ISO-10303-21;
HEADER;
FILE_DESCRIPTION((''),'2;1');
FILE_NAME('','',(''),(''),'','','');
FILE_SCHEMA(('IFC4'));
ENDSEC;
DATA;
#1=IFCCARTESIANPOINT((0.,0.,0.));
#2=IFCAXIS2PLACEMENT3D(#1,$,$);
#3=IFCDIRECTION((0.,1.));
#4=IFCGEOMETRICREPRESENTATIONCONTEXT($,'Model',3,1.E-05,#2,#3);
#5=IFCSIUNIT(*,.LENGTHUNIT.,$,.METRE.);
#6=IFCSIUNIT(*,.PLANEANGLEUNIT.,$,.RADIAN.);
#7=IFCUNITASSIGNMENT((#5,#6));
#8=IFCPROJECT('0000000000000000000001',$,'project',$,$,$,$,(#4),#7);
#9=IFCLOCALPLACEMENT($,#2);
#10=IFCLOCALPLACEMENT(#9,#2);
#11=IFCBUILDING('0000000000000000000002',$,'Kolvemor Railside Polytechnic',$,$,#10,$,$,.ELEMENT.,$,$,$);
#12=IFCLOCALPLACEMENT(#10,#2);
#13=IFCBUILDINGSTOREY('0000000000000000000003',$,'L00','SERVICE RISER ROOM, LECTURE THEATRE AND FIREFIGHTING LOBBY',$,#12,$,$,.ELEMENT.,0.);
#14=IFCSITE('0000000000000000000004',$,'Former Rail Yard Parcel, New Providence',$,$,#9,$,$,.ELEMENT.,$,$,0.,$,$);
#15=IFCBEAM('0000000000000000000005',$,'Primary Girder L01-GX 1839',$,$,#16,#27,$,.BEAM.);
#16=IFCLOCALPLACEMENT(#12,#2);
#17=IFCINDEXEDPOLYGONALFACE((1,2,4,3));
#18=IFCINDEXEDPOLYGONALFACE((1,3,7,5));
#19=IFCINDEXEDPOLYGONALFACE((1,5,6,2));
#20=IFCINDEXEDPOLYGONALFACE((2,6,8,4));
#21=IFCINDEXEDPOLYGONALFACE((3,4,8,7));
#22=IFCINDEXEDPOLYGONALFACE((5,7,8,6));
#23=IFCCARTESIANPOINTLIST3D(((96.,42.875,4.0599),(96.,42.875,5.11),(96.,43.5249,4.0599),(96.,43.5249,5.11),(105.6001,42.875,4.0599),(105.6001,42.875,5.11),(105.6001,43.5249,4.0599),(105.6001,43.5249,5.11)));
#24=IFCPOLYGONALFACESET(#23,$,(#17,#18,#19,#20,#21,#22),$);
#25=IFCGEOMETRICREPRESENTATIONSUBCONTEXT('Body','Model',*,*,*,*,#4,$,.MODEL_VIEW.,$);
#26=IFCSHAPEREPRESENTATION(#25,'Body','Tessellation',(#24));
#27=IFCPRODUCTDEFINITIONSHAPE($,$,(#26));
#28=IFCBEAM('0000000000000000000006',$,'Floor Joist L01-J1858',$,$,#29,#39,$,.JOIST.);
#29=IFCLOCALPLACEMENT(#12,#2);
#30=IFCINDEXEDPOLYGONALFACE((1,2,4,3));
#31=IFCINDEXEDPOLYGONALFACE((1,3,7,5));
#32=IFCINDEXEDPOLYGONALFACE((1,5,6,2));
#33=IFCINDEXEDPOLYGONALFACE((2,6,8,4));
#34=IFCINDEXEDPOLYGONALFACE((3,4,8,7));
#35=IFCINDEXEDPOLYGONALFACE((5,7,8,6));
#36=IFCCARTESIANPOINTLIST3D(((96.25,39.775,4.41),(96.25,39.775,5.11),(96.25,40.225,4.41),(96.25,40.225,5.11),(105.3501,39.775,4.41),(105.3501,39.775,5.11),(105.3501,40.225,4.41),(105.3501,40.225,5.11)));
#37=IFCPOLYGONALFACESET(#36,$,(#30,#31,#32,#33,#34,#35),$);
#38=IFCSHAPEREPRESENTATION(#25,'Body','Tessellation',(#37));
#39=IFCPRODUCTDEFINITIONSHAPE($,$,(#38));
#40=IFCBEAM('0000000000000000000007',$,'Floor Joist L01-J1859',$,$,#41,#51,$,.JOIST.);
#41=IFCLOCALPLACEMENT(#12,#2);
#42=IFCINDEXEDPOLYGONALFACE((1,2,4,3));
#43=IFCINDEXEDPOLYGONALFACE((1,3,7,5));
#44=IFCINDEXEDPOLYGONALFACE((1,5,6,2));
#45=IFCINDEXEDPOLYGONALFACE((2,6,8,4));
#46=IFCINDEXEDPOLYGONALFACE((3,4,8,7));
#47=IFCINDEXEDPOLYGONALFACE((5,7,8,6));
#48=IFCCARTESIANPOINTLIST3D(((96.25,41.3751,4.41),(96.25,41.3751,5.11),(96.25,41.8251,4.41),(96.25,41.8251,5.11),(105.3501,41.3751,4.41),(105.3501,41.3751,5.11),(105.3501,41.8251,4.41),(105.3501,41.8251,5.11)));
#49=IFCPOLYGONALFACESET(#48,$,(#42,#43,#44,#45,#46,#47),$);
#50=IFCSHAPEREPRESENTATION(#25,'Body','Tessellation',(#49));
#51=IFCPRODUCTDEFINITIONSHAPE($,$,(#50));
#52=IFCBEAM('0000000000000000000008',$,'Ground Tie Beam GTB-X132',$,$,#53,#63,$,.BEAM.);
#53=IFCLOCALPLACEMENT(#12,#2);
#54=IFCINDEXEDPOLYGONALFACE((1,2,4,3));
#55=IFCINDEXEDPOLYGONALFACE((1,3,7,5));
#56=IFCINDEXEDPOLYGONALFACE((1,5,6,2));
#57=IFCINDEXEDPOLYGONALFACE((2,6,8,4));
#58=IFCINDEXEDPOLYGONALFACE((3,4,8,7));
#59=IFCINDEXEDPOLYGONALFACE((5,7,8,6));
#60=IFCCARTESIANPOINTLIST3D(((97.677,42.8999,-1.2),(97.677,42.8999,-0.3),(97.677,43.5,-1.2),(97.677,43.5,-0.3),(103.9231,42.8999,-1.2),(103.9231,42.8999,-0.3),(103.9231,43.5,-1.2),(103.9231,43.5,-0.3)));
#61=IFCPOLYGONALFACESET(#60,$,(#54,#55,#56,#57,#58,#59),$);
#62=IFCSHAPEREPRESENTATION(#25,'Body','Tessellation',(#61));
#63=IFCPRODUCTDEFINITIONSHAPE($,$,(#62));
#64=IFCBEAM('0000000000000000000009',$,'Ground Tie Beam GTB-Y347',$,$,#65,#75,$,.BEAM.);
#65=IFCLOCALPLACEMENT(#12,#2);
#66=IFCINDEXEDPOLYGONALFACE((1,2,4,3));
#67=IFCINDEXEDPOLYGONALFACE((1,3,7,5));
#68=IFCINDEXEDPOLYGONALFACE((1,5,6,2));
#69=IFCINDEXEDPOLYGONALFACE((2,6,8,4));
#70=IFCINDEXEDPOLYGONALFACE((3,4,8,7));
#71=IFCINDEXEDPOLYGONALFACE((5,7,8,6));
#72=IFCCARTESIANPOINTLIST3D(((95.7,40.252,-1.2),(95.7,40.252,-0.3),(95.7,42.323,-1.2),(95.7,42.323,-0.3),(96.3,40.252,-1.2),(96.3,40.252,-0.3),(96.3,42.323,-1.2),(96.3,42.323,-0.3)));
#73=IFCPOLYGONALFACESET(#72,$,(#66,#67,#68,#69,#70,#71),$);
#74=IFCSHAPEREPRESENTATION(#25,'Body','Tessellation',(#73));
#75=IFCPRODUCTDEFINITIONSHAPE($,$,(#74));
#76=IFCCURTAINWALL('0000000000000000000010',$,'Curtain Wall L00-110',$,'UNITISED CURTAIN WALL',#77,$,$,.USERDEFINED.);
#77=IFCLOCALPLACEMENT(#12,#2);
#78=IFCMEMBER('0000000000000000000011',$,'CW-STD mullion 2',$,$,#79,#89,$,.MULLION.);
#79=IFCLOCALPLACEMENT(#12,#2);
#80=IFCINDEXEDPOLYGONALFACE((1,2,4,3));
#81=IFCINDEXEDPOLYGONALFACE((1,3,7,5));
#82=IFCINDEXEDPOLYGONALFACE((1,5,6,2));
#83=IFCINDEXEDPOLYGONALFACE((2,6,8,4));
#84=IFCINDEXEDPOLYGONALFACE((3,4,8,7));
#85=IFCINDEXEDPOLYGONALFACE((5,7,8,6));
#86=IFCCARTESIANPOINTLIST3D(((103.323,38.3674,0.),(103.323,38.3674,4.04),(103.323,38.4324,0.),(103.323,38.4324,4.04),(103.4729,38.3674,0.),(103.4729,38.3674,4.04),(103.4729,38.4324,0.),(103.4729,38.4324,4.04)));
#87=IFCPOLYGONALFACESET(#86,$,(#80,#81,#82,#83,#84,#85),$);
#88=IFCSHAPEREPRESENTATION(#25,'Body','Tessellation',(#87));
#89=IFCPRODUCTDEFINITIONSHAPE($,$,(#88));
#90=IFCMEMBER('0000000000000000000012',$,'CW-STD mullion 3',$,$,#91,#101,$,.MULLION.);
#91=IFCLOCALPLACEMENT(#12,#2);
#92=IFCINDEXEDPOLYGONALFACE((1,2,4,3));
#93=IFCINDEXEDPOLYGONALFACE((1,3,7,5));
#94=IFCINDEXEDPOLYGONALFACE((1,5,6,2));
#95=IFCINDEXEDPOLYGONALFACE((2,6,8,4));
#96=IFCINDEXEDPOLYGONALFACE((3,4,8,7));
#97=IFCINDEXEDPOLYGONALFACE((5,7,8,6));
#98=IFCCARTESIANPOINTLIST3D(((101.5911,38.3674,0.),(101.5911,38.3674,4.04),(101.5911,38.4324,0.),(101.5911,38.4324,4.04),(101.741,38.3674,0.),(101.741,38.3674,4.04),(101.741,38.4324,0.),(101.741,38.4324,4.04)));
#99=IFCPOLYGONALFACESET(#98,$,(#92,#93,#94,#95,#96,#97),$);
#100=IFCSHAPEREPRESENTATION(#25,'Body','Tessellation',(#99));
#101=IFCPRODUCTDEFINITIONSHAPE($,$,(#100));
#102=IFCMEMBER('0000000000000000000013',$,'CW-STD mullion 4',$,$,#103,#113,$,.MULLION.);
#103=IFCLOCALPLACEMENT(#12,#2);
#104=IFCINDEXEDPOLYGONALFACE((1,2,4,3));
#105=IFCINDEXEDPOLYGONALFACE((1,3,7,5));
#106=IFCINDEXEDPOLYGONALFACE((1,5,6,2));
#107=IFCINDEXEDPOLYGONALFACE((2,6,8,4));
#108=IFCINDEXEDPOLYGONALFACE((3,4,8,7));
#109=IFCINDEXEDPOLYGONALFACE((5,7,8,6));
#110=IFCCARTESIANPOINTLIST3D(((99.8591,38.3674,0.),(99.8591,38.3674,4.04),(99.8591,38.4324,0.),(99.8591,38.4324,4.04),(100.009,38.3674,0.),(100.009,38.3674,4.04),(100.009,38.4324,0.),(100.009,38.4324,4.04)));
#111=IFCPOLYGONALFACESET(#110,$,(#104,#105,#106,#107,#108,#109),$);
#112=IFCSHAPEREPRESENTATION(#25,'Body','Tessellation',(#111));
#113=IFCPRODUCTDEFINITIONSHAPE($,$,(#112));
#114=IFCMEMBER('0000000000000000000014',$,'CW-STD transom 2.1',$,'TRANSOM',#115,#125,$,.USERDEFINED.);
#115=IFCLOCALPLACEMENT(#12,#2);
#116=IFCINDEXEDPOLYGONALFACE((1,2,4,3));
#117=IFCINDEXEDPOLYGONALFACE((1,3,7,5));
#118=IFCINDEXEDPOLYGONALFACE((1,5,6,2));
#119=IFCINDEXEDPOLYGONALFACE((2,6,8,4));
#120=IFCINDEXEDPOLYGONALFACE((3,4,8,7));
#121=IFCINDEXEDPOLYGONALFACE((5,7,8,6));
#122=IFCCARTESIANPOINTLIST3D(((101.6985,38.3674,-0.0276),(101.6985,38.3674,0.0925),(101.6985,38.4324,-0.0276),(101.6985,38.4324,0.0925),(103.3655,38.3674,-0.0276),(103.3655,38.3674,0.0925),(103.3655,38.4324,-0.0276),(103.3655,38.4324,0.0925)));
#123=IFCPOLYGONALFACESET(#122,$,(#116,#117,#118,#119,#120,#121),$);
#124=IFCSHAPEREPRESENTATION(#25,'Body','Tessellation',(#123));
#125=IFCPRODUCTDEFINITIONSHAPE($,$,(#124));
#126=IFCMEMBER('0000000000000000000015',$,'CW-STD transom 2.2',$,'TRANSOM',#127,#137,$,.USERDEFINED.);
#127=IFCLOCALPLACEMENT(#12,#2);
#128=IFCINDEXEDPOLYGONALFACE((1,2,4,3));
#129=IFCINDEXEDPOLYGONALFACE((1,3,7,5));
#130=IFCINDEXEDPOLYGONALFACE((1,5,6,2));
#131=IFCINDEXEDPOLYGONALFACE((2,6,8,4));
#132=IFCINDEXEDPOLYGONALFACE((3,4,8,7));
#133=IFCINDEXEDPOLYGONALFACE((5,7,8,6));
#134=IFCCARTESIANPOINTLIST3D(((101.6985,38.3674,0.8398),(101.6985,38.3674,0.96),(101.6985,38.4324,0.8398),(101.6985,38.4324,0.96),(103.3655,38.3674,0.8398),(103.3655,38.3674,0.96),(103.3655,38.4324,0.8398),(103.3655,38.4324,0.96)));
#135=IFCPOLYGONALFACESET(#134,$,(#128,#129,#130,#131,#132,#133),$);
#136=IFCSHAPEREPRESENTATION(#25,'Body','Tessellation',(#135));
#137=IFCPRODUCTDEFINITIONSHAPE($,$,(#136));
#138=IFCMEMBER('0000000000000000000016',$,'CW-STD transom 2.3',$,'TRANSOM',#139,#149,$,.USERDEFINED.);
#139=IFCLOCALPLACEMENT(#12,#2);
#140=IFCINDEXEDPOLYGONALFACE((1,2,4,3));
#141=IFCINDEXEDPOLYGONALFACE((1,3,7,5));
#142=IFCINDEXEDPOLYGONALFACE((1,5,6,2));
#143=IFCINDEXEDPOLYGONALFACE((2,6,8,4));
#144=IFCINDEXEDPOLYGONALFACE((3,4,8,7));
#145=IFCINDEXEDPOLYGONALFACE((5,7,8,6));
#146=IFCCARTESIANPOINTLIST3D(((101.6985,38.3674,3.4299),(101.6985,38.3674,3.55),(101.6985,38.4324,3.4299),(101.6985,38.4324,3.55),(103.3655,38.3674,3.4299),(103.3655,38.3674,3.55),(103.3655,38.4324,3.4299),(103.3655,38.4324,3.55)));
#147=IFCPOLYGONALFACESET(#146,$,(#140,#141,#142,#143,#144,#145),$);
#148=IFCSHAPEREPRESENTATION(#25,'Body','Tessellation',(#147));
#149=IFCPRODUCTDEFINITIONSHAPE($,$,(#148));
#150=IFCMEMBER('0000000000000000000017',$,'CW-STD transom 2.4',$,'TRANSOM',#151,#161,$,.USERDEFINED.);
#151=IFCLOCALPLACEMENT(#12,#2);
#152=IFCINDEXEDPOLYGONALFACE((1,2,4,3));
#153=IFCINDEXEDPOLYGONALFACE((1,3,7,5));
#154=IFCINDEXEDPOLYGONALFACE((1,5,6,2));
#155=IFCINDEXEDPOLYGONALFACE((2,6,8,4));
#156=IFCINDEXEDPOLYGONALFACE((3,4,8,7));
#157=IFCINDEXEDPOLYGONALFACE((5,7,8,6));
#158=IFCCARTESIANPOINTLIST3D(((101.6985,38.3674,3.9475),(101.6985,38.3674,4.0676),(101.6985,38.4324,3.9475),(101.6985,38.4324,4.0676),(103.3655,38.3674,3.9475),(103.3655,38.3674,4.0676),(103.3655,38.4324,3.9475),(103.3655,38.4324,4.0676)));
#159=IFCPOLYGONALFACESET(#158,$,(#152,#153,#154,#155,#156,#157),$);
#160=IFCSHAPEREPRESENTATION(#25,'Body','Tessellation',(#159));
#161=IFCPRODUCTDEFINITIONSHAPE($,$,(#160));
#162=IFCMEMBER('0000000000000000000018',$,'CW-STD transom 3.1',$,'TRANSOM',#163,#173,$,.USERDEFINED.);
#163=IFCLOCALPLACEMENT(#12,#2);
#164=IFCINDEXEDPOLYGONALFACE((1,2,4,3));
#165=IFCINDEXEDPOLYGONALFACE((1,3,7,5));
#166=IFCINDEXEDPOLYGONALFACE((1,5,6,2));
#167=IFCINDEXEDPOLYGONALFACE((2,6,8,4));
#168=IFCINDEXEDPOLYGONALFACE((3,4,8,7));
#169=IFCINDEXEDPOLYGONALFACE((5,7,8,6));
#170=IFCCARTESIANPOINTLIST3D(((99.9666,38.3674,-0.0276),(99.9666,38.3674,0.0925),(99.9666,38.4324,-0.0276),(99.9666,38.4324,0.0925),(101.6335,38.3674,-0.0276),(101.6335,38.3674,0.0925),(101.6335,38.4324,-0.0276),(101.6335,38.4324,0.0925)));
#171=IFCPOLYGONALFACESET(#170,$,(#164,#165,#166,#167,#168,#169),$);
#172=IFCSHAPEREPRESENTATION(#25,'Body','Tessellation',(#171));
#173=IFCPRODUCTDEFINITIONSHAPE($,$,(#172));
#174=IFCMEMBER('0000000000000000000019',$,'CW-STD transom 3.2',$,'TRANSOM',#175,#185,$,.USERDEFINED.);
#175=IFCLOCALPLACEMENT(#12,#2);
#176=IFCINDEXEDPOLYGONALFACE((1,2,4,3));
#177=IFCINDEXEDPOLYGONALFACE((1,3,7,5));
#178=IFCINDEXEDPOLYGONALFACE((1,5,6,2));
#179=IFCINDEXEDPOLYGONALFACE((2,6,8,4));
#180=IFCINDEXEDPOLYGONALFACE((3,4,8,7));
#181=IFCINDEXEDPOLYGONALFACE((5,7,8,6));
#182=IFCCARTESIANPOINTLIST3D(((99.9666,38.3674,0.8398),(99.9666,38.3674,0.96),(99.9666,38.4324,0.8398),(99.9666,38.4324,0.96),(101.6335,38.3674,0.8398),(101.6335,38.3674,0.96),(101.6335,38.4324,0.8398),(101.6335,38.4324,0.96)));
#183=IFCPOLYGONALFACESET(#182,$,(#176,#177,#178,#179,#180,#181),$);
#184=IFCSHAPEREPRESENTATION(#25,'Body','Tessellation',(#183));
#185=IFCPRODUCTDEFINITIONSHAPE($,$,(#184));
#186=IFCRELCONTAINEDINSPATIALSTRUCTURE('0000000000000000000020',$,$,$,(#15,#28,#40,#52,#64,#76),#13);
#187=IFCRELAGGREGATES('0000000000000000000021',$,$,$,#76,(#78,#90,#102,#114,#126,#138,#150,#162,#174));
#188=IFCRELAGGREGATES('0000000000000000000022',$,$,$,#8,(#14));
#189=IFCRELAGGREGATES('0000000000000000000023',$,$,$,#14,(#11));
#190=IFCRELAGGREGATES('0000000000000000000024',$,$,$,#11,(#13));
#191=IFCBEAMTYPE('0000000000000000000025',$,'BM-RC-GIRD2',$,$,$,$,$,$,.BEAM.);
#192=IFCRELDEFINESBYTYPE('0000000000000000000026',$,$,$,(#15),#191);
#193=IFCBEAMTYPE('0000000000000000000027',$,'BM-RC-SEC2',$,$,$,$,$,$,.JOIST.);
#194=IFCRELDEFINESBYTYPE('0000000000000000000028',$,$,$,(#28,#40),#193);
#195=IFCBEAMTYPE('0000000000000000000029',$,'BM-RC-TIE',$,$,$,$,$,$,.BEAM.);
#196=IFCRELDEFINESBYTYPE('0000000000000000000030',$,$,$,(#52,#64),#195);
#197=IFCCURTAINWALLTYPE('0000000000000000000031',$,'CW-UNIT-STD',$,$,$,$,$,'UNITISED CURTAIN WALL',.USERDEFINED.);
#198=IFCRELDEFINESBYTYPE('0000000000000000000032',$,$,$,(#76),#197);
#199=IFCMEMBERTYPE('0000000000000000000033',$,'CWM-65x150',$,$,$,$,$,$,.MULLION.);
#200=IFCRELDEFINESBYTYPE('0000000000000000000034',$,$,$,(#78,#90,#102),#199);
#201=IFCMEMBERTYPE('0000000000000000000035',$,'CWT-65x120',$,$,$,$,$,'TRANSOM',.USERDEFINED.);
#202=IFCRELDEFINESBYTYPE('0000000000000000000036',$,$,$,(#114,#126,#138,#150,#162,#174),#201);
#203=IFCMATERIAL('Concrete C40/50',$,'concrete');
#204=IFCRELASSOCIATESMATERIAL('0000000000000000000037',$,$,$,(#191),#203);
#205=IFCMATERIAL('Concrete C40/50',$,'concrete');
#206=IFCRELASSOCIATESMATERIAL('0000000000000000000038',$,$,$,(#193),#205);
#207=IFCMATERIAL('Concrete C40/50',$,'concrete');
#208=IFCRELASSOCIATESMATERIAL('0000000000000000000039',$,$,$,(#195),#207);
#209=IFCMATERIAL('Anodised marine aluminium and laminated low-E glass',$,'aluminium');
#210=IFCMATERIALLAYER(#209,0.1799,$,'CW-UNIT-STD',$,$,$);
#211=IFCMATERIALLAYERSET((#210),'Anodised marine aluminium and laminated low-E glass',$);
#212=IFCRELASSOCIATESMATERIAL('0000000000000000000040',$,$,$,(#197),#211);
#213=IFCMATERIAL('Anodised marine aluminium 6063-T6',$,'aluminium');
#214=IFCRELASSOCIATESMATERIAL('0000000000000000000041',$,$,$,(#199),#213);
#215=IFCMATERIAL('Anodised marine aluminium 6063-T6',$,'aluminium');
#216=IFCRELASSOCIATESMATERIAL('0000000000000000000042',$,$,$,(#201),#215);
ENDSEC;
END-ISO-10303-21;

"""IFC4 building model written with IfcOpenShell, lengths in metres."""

from ifc_helpers import new_model, si_unit, direction, frame, origin, origin_2d, place, context, subcontext, project, spatial, rectangle, extrude, material, layer, layer_set, material_profile, profile_set, type_object, element, aggregate, save


model = new_model("IFC4")

# Units and contexts
model_context = context("Model", 3, precision=1e-05, world=origin(), true_north=direction((0.0, 1.0)))
body_context = subcontext(model_context, "Body", "Model", "MODEL_VIEW")
ifc_project = project(units=[si_unit("LENGTHUNIT", "METRE"), si_unit("PLANEANGLEUNIT", "RADIAN")], contexts=[model_context])

# Site, building, storey
site_placement = place(None, origin())
site = spatial("IfcSite", under=ifc_project, at=site_placement, Name="Former Rail Yard Parcel, New Providence", CompositionType="ELEMENT", RefElevation=0.0)
building_placement = place(site_placement, origin())
building = spatial("IfcBuilding", under=site, at=building_placement, Name="Kolvemor Railside Polytechnic", CompositionType="ELEMENT")
storey_placement = place(building_placement, origin())
storey = spatial("IfcBuildingStorey", under=building, at=storey_placement, Name="L00", Description="SERVICE RISER ROOM, LECTURE THEATRE AND FIREFIGHTING LOBBY", CompositionType="ELEMENT", Elevation=0.0)

# Beams
ifc_material_1 = material(Name="Concrete C40/50", Category="concrete")
ifc_material_profile_1 = material_profile(ifc_material_1, rectangle(XDim=0.6499, YDim=1.05, at=origin_2d()), Name="RC650x1050")
ifc_profile_set_1 = profile_set([ifc_material_profile_1], Name="Concrete C40/50")
beam_type_1 = type_object("IfcBeamType", Name="BM-RC-GIRD2", PredefinedType="BEAM", material=ifc_profile_set_1)
beam_1_placement = place(storey_placement, frame((96.0, 43.2, 4.585), z_axis=(1.0, 0.0, 0.0), x_axis=(0.0, 1.0, 0.0)))
element("IfcBeam", 1, at=beam_1_placement, inside=storey, type_object=beam_type_1, Name="Primary Girder L01-GX 1839", PredefinedType="BEAM", context=body_context, shape_type="SweptSolid", body=[
    extrude(rectangle(XDim=0.6499, YDim=1.05, at=origin_2d()), origin(), (0.0, 0.0, 1.0), 9.6001),
])
ifc_material_2 = material(Name="Concrete C40/50", Category="concrete")
ifc_material_profile_2 = material_profile(ifc_material_2, rectangle(XDim=0.45, YDim=0.7, at=origin_2d()), Name="RC450x700")
ifc_profile_set_2 = profile_set([ifc_material_profile_2], Name="Concrete C40/50")
beam_type_2 = type_object("IfcBeamType", Name="BM-RC-SEC2", PredefinedType="JOIST", material=ifc_profile_set_2)
for number, where, z_axis, x_axis, name in (
    (2, (96.25, 40.0, 4.76), (1.0, 0.0, 0.0), (0.0, 1.0, 0.0), "Floor Joist L01-J1858"),
    (3, (96.25, 41.6001, 4.76), (1.0, 0.0, 0.0), (0.0, 1.0, 0.0), "Floor Joist L01-J1859"),
):
    element("IfcBeam", number, at=place(storey_placement, frame(where, z_axis=z_axis, x_axis=x_axis)), inside=storey, type_object=beam_type_2, Name=name, PredefinedType="JOIST", context=body_context, shape_type="SweptSolid", body=[
        extrude(rectangle(XDim=0.45, YDim=0.7, at=origin_2d()), origin(), (0.0, 0.0, 1.0), 9.1001),
    ])
ifc_material_3 = material(Name="Concrete C40/50", Category="concrete")
ifc_material_profile_3 = material_profile(ifc_material_3, rectangle(XDim=0.6001, YDim=0.8999, at=origin_2d()), Name="RC600x900")
ifc_profile_set_3 = profile_set([ifc_material_profile_3], Name="Concrete C40/50")
beam_type_3 = type_object("IfcBeamType", Name="BM-RC-TIE", PredefinedType="BEAM", material=ifc_profile_set_3)
beam_2_placement = place(storey_placement, frame((97.677, 43.2, -0.75), z_axis=(1.0, 0.0, 0.0), x_axis=(0.0, 1.0, 0.0)))
element("IfcBeam", 4, at=beam_2_placement, inside=storey, type_object=beam_type_3, Name="Ground Tie Beam GTB-X132", PredefinedType="BEAM", context=body_context, shape_type="SweptSolid", body=[
    extrude(rectangle(XDim=0.6001, YDim=0.8999, at=origin_2d()), origin(), (0.0, 0.0, 1.0), 6.2461),
])
beam_3_placement = place(storey_placement, frame((96.0, 40.252, -0.75), z_axis=(0.0, 1.0, 0.0), x_axis=(-1.0, 0.0, 0.0)))
element("IfcBeam", 5, at=beam_3_placement, inside=storey, type_object=beam_type_3, Name="Ground Tie Beam GTB-Y347", PredefinedType="BEAM", context=body_context, shape_type="SweptSolid", body=[
    extrude(rectangle(XDim=0.6001, YDim=0.8999, at=origin_2d()), origin(), (0.0, 0.0, 1.0), 2.071),
])

# Curtain wall, members
ifc_material_4 = material(Name="Anodised marine aluminium and laminated low-E glass", Category="aluminium")
ifc_layer_1 = layer(ifc_material_4, 0.1799, Name="CW-UNIT-STD")
ifc_layer_set_1 = layer_set([ifc_layer_1], Name="Anodised marine aluminium and laminated low-E glass")
curtain_wall_type = type_object("IfcCurtainWallType", Name="CW-UNIT-STD", ElementType="UNITISED CURTAIN WALL", PredefinedType="USERDEFINED", material=ifc_layer_set_1)
curtain_wall_placement = place(storey_placement, origin())
curtain_wall = element("IfcCurtainWall", 6, at=curtain_wall_placement, inside=storey, type_object=curtain_wall_type, Name="Curtain Wall L00-110", ObjectType="UNITISED CURTAIN WALL", PredefinedType="USERDEFINED")
ifc_material_5 = material(Name="Anodised marine aluminium 6063-T6", Category="aluminium")
ifc_material_profile_4 = material_profile(ifc_material_5, rectangle(XDim=0.0649, YDim=0.1499, at=origin_2d()), Name="CW-MUL-65x150")
ifc_profile_set_4 = profile_set([ifc_material_profile_4], Name="Anodised marine aluminium 6063-T6")
member_type_1 = type_object("IfcMemberType", Name="CWM-65x150", PredefinedType="MULLION", material=ifc_profile_set_4)
member_1_placement = place(storey_placement, frame((103.3979, 38.3999, 0.0), z_axis=(0.0, 0.0, 1.0), x_axis=(0.0, -1.0, 0.0)))
member_1 = element("IfcMember", 7, at=member_1_placement, type_object=member_type_1, Name="CW-STD mullion 2", PredefinedType="MULLION", context=body_context, shape_type="SweptSolid", body=[
    extrude(rectangle(XDim=0.0649, YDim=0.1499, at=origin_2d()), origin(), (0.0, 0.0, 1.0), 4.04),
])
member_2_placement = place(storey_placement, frame((101.666, 38.3999, 0.0), z_axis=(0.0, 0.0, 1.0), x_axis=(0.0, -1.0, 0.0)))
member_2 = element("IfcMember", 8, at=member_2_placement, type_object=member_type_1, Name="CW-STD mullion 3", PredefinedType="MULLION", context=body_context, shape_type="SweptSolid", body=[
    extrude(rectangle(XDim=0.0649, YDim=0.1499, at=origin_2d()), origin(), (0.0, 0.0, 1.0), 4.04),
])
member_3_placement = place(storey_placement, frame((99.9341, 38.3999, 0.0), z_axis=(0.0, 0.0, 1.0), x_axis=(0.0, -1.0, 0.0)))
member_3 = element("IfcMember", 9, at=member_3_placement, type_object=member_type_1, Name="CW-STD mullion 4", PredefinedType="MULLION", context=body_context, shape_type="SweptSolid", body=[
    extrude(rectangle(XDim=0.0649, YDim=0.1499, at=origin_2d()), origin(), (0.0, 0.0, 1.0), 4.04),
])
ifc_material_6 = material(Name="Anodised marine aluminium 6063-T6", Category="aluminium")
ifc_material_profile_5 = material_profile(ifc_material_6, rectangle(XDim=0.0649, YDim=0.1201, at=origin_2d()), Name="CW-TRN-65x120")
ifc_profile_set_5 = profile_set([ifc_material_profile_5], Name="Anodised marine aluminium 6063-T6")
member_type_2 = type_object("IfcMemberType", Name="CWT-65x120", ElementType="TRANSOM", PredefinedType="USERDEFINED", material=ifc_profile_set_5)
member_4_placement = place(storey_placement, frame((103.3655, 38.3999, 0.0325), z_axis=(-1.0, 0.0, 0.0), x_axis=(0.0, -1.0, 0.0)))
member_4 = element("IfcMember", 10, at=member_4_placement, type_object=member_type_2, Name="CW-STD transom 2.1", ObjectType="TRANSOM", PredefinedType="USERDEFINED", context=body_context, shape_type="SweptSolid", body=[
    extrude(rectangle(XDim=0.0649, YDim=0.1201, at=origin_2d()), origin(), (0.0, 0.0, 1.0), 1.667),
])
member_5_placement = place(storey_placement, frame((103.3655, 38.3999, 0.8999), z_axis=(-1.0, 0.0, 0.0), x_axis=(0.0, -1.0, 0.0)))
member_5 = element("IfcMember", 11, at=member_5_placement, type_object=member_type_2, Name="CW-STD transom 2.2", ObjectType="TRANSOM", PredefinedType="USERDEFINED", context=body_context, shape_type="SweptSolid", body=[
    extrude(rectangle(XDim=0.0649, YDim=0.1201, at=origin_2d()), origin(), (0.0, 0.0, 1.0), 1.667),
])
member_6_placement = place(storey_placement, frame((103.3655, 38.3999, 3.49), z_axis=(-1.0, 0.0, 0.0), x_axis=(0.0, -1.0, 0.0)))
member_6 = element("IfcMember", 12, at=member_6_placement, type_object=member_type_2, Name="CW-STD transom 2.3", ObjectType="TRANSOM", PredefinedType="USERDEFINED", context=body_context, shape_type="SweptSolid", body=[
    extrude(rectangle(XDim=0.0649, YDim=0.1201, at=origin_2d()), origin(), (0.0, 0.0, 1.0), 1.667),
])
member_7_placement = place(storey_placement, frame((103.3655, 38.3999, 4.0076), z_axis=(-1.0, 0.0, 0.0), x_axis=(0.0, -1.0, 0.0)))
member_7 = element("IfcMember", 13, at=member_7_placement, type_object=member_type_2, Name="CW-STD transom 2.4", ObjectType="TRANSOM", PredefinedType="USERDEFINED", context=body_context, shape_type="SweptSolid", body=[
    extrude(rectangle(XDim=0.0649, YDim=0.1201, at=origin_2d()), origin(), (0.0, 0.0, 1.0), 1.667),
])
member_8_placement = place(storey_placement, frame((101.6335, 38.3999, 0.0325), z_axis=(-1.0, 0.0, 0.0), x_axis=(0.0, -1.0, 0.0)))
member_8 = element("IfcMember", 14, at=member_8_placement, type_object=member_type_2, Name="CW-STD transom 3.1", ObjectType="TRANSOM", PredefinedType="USERDEFINED", context=body_context, shape_type="SweptSolid", body=[
    extrude(rectangle(XDim=0.0649, YDim=0.1201, at=origin_2d()), origin(), (0.0, 0.0, 1.0), 1.667),
])
member_9_placement = place(storey_placement, frame((101.6335, 38.3999, 0.8999), z_axis=(-1.0, 0.0, 0.0), x_axis=(0.0, -1.0, 0.0)))
member_9 = element("IfcMember", 15, at=member_9_placement, type_object=member_type_2, Name="CW-STD transom 3.2", ObjectType="TRANSOM", PredefinedType="USERDEFINED", context=body_context, shape_type="SweptSolid", body=[
    extrude(rectangle(XDim=0.0649, YDim=0.1201, at=origin_2d()), origin(), (0.0, 0.0, 1.0), 1.667),
])
aggregate(curtain_wall, [member_1, member_2, member_3, member_4, member_5, member_6, member_7, member_8, member_9])

save(model, "model.ifc")
